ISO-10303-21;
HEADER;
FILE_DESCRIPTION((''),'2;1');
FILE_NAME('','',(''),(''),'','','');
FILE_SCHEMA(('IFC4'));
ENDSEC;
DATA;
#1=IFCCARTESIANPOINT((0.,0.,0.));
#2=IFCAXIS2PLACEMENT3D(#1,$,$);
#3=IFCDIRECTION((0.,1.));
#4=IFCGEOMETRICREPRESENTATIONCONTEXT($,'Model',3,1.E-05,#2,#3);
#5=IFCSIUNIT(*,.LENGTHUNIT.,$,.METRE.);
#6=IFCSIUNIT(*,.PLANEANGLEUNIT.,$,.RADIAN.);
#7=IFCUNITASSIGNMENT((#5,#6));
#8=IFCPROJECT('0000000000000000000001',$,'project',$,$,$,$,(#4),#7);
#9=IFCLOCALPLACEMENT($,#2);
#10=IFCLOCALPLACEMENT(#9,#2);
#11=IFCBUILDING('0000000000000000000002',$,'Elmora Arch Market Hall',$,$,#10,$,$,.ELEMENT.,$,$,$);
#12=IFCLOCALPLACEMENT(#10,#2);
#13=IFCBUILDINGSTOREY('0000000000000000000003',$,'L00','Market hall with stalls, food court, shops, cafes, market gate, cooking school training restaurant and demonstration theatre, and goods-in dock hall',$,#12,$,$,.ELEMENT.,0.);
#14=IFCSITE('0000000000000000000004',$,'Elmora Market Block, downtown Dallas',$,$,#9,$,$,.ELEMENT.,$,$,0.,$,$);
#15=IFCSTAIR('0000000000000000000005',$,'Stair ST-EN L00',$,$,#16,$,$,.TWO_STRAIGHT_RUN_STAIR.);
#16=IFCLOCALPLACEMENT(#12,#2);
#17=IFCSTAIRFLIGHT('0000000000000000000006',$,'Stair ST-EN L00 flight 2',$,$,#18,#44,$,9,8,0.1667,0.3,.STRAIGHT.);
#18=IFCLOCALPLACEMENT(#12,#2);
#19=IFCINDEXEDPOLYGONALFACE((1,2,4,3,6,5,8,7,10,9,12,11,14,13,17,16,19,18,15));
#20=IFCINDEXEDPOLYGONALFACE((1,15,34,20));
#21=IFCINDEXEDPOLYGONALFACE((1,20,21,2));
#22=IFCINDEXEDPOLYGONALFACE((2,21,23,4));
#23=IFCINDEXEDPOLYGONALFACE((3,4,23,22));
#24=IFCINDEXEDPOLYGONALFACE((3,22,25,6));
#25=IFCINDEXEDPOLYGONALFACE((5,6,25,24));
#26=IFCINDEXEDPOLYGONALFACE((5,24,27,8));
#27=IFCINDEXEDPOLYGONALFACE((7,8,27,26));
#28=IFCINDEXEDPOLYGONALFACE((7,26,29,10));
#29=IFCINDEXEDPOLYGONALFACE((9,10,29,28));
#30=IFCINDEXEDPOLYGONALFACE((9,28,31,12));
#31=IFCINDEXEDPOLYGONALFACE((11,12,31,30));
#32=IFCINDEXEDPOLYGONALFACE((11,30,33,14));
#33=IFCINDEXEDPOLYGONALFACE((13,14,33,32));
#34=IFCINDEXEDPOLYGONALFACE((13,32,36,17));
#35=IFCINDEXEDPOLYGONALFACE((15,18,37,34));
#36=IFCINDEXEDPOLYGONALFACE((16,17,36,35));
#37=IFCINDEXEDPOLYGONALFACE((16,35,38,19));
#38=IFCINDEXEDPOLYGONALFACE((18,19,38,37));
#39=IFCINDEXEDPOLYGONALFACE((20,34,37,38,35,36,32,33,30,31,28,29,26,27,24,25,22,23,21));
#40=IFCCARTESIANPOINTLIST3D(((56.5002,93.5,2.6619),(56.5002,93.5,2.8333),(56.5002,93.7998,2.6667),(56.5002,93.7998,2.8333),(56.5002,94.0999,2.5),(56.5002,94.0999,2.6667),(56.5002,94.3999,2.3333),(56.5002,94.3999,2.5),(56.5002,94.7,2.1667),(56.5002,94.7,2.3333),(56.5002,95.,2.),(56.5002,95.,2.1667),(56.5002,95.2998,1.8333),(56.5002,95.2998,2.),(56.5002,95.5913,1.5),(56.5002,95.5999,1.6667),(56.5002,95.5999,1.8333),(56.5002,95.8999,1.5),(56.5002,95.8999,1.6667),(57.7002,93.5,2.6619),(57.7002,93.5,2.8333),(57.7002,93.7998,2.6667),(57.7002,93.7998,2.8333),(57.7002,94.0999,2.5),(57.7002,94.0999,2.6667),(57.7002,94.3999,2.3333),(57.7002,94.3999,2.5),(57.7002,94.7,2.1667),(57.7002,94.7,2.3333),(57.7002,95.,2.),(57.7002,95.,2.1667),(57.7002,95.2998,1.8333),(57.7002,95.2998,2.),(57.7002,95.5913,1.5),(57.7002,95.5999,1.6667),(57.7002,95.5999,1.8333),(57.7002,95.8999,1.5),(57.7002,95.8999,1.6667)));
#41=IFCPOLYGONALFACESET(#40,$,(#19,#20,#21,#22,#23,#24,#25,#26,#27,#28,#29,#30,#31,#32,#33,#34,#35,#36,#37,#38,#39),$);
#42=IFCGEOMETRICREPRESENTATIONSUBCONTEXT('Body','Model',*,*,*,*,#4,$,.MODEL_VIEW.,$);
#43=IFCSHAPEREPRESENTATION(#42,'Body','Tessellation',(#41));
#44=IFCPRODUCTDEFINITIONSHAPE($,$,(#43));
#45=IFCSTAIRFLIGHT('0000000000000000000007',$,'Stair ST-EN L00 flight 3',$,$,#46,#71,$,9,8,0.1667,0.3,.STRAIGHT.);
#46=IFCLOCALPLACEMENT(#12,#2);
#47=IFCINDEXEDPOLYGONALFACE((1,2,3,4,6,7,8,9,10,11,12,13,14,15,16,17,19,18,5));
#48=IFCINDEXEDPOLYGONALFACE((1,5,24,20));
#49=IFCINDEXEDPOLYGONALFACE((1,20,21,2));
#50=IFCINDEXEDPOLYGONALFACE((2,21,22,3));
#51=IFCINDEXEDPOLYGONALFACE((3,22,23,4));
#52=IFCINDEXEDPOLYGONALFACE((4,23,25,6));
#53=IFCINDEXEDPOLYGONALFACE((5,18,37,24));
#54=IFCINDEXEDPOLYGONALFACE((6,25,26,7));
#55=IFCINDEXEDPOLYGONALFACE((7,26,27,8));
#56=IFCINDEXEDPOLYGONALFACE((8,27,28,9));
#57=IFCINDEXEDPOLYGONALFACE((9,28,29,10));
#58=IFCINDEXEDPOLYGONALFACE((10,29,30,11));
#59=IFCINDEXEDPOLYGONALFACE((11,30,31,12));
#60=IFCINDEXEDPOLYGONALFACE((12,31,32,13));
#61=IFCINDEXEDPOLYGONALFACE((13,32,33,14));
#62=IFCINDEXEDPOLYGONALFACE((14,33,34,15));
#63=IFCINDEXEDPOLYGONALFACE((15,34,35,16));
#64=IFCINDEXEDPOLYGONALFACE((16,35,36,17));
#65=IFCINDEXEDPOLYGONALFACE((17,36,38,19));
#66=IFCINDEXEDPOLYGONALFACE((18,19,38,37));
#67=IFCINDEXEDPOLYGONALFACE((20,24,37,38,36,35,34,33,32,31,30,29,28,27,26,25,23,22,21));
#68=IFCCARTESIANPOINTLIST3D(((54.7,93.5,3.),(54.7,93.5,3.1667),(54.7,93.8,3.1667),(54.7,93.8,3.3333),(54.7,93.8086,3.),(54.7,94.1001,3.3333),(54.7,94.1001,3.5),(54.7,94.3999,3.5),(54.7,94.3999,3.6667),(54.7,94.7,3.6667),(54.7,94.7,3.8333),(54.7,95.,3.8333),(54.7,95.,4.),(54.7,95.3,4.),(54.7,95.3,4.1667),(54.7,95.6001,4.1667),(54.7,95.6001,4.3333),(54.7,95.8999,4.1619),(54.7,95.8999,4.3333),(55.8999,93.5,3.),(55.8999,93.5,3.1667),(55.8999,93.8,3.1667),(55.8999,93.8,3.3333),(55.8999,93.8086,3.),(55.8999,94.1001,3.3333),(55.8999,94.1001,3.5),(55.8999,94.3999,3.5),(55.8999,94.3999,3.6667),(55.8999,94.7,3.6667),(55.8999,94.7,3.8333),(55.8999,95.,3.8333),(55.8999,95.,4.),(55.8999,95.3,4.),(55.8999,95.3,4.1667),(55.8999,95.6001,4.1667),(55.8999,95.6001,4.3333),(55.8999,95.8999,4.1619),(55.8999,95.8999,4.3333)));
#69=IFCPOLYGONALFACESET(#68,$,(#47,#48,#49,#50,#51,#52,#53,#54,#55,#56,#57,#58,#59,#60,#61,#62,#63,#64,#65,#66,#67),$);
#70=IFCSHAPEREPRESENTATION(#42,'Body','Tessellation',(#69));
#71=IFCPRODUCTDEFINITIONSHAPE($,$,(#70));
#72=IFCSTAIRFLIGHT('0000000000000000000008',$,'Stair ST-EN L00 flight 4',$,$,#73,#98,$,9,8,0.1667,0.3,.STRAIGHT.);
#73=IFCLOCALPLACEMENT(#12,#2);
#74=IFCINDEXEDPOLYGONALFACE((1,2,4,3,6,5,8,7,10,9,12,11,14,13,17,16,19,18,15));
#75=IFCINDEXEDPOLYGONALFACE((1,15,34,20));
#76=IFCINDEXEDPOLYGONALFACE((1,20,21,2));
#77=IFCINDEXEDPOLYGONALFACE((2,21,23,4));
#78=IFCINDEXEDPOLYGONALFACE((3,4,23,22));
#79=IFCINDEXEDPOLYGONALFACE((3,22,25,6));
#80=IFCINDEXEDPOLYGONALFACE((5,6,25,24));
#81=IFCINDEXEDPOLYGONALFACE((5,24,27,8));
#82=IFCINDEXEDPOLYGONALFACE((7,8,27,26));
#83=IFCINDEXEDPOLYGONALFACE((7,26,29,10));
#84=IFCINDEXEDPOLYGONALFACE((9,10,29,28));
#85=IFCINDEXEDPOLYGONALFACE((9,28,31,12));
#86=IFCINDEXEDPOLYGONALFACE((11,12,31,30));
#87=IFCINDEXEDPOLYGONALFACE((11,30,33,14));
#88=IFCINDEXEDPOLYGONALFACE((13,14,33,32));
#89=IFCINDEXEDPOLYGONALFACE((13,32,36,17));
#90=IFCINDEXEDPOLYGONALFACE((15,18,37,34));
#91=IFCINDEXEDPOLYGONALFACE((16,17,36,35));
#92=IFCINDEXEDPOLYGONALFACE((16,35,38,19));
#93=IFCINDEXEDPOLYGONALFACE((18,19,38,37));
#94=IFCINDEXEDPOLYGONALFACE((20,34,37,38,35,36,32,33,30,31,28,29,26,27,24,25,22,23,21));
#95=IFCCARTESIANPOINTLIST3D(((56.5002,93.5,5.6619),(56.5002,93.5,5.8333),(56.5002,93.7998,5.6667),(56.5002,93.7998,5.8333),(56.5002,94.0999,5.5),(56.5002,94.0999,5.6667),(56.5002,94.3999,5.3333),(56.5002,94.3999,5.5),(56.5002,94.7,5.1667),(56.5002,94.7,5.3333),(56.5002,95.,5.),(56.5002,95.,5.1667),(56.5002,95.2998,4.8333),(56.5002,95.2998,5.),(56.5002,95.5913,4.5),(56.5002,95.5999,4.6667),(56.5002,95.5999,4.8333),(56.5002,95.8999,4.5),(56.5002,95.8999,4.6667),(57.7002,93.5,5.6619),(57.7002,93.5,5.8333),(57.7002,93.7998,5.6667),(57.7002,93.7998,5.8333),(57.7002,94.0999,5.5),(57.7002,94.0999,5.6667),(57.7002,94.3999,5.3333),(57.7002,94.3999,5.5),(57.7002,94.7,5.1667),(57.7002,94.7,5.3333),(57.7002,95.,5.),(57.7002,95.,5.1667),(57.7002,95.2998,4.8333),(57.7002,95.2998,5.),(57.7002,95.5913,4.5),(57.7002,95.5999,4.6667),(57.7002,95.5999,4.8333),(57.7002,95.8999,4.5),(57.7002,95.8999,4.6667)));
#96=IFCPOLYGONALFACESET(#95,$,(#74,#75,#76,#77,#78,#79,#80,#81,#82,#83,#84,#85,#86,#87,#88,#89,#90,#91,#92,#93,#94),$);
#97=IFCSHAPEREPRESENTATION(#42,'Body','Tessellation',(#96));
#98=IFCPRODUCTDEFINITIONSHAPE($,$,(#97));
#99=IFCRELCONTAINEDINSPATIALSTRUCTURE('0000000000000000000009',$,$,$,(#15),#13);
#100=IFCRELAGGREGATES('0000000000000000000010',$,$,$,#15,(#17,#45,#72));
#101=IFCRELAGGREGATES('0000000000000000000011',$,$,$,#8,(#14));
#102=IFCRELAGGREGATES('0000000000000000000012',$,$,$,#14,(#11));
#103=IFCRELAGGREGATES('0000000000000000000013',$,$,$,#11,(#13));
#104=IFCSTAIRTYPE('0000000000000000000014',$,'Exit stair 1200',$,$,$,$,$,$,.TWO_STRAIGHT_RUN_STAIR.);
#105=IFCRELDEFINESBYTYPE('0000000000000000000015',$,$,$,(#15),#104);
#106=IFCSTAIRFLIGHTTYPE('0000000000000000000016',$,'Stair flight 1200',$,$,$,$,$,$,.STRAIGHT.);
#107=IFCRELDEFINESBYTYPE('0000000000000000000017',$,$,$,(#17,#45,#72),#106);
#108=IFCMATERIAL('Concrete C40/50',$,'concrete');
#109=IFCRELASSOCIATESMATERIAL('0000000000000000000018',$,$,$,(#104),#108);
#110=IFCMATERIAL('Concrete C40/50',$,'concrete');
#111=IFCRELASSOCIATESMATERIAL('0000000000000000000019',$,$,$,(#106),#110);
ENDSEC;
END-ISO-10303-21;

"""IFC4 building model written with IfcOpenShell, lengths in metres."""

from ifc_helpers import new_model, si_unit, direction, frame, origin, place, context, subcontext, project, spatial, polyline, outline, extrude, material, type_object, element, aggregate, save


model = new_model("IFC4")

# Units and contexts
model_context = context("Model", 3, precision=1e-05, world=origin(), true_north=direction((0.0, 1.0)))
body_context = subcontext(model_context, "Body", "Model", "MODEL_VIEW")
ifc_project = project(units=[si_unit("LENGTHUNIT", "METRE"), si_unit("PLANEANGLEUNIT", "RADIAN")], contexts=[model_context])

# Site, building, storey
site_placement = place(None, origin())
site = spatial("IfcSite", under=ifc_project, at=site_placement, Name="Elmora Market Block, downtown Dallas", CompositionType="ELEMENT", RefElevation=0.0)
building_placement = place(site_placement, origin())
building = spatial("IfcBuilding", under=site, at=building_placement, Name="Elmora Arch Market Hall", CompositionType="ELEMENT")
storey_placement = place(building_placement, origin())
storey = spatial("IfcBuildingStorey", under=building, at=storey_placement, Name="L00", Description="Market hall with stalls, food court, shops, cafes, market gate, cooking school training restaurant and demonstration theatre, and goods-in dock hall", CompositionType="ELEMENT", Elevation=0.0)

# Stair, stair flights
ifc_material_1 = material(Name="Concrete C40/50", Category="concrete")
stair_type = type_object("IfcStairType", Name="Exit stair 1200", PredefinedType="TWO_STRAIGHT_RUN_STAIR", material=ifc_material_1)
stair_placement = place(storey_placement, origin())
stair = element("IfcStair", 1, at=stair_placement, inside=storey, type_object=stair_type, Name="Stair ST-EN L00", PredefinedType="TWO_STRAIGHT_RUN_STAIR")
ifc_material_2 = material(Name="Concrete C40/50", Category="concrete")
stair_flight_type = type_object("IfcStairFlightType", Name="Stair flight 1200", PredefinedType="STRAIGHT", material=ifc_material_2)
stair_flight_1_placement = place(storey_placement, frame((57.1001, 95.8999, 1.5), z_axis=(0.0, 0.0, 1.0), x_axis=(0.0, -1.0, 0.0)))
stair_flight_1 = element("IfcStairFlight", 2, at=stair_flight_1_placement, type_object=stair_flight_type, Name="Stair ST-EN L00 flight 2", NumberOfRisers=9, NumberOfTreads=8, PredefinedType="STRAIGHT", RiserHeight=0.1667, TreadLength=0.3, context=body_context, shape_type="SweptSolid", body=[
    extrude(outline(polyline([(0.0, 0.0), (0.0, 0.1667), (0.3, 0.1667), (0.3, 0.3333), (0.6001, 0.3333), (0.6001, 0.5), (0.8999, 0.5), (0.8999, 0.6667), (1.2, 0.6667), (1.2, 0.8333), (1.5, 0.8333), (1.5, 1.0), (1.8, 1.0), (1.8, 1.1667), (2.1001, 1.1667), (2.1001, 1.3333), (2.3999, 1.3333), (2.3999, 1.5), (2.3999, 1.1619), (0.3086, 0.0), (0.0, 0.0)])), frame((0.0, 0.6001, 0.0), z_axis=(0.0, -1.0, 0.0), x_axis=(1.0, 0.0, 0.0)), (0.0, 0.0, 1.0), 1.2),
])
stair_flight_2_placement = place(storey_placement, frame((55.3, 93.5, 3.0), z_axis=(0.0, 0.0, 1.0), x_axis=(0.0, 1.0, 0.0)))
stair_flight_2 = element("IfcStairFlight", 3, at=stair_flight_2_placement, type_object=stair_flight_type, Name="Stair ST-EN L00 flight 3", NumberOfRisers=9, NumberOfTreads=8, PredefinedType="STRAIGHT", RiserHeight=0.1667, TreadLength=0.3, context=body_context, shape_type="SweptSolid", body=[
    extrude(outline(polyline([(0.0, 0.0), (0.0, 0.1667), (0.3, 0.1667), (0.3, 0.3333), (0.6001, 0.3333), (0.6001, 0.5), (0.8999, 0.5), (0.8999, 0.6667), (1.2, 0.6667), (1.2, 0.8333), (1.5, 0.8333), (1.5, 1.0), (1.8, 1.0), (1.8, 1.1667), (2.1001, 1.1667), (2.1001, 1.3333), (2.3999, 1.3333), (2.3999, 1.5), (2.3999, 1.1619), (0.3086, 0.0), (0.0, 0.0)])), frame((0.0, 0.6001, 0.0), z_axis=(0.0, -1.0, 0.0), x_axis=(1.0, 0.0, 0.0)), (0.0, 0.0, 1.0), 1.2),
])
stair_flight_3_placement = place(storey_placement, frame((57.1001, 95.8999, 4.5), z_axis=(0.0, 0.0, 1.0), x_axis=(0.0, -1.0, 0.0)))
stair_flight_3 = element("IfcStairFlight", 4, at=stair_flight_3_placement, type_object=stair_flight_type, Name="Stair ST-EN L00 flight 4", NumberOfRisers=9, NumberOfTreads=8, PredefinedType="STRAIGHT", RiserHeight=0.1667, TreadLength=0.3, context=body_context, shape_type="SweptSolid", body=[
    extrude(outline(polyline([(0.0, 0.0), (0.0, 0.1667), (0.3, 0.1667), (0.3, 0.3333), (0.6001, 0.3333), (0.6001, 0.5), (0.8999, 0.5), (0.8999, 0.6667), (1.2, 0.6667), (1.2, 0.8333), (1.5, 0.8333), (1.5, 1.0), (1.8, 1.0), (1.8, 1.1667), (2.1001, 1.1667), (2.1001, 1.3333), (2.3999, 1.3333), (2.3999, 1.5), (2.3999, 1.1619), (0.3086, 0.0), (0.0, 0.0)])), frame((0.0, 0.6001, 0.0), z_axis=(0.0, -1.0, 0.0), x_axis=(1.0, 0.0, 0.0)), (0.0, 0.0, 1.0), 1.2),
])
aggregate(stair, [stair_flight_1, stair_flight_2, stair_flight_3])

save(model, "model.ifc")
